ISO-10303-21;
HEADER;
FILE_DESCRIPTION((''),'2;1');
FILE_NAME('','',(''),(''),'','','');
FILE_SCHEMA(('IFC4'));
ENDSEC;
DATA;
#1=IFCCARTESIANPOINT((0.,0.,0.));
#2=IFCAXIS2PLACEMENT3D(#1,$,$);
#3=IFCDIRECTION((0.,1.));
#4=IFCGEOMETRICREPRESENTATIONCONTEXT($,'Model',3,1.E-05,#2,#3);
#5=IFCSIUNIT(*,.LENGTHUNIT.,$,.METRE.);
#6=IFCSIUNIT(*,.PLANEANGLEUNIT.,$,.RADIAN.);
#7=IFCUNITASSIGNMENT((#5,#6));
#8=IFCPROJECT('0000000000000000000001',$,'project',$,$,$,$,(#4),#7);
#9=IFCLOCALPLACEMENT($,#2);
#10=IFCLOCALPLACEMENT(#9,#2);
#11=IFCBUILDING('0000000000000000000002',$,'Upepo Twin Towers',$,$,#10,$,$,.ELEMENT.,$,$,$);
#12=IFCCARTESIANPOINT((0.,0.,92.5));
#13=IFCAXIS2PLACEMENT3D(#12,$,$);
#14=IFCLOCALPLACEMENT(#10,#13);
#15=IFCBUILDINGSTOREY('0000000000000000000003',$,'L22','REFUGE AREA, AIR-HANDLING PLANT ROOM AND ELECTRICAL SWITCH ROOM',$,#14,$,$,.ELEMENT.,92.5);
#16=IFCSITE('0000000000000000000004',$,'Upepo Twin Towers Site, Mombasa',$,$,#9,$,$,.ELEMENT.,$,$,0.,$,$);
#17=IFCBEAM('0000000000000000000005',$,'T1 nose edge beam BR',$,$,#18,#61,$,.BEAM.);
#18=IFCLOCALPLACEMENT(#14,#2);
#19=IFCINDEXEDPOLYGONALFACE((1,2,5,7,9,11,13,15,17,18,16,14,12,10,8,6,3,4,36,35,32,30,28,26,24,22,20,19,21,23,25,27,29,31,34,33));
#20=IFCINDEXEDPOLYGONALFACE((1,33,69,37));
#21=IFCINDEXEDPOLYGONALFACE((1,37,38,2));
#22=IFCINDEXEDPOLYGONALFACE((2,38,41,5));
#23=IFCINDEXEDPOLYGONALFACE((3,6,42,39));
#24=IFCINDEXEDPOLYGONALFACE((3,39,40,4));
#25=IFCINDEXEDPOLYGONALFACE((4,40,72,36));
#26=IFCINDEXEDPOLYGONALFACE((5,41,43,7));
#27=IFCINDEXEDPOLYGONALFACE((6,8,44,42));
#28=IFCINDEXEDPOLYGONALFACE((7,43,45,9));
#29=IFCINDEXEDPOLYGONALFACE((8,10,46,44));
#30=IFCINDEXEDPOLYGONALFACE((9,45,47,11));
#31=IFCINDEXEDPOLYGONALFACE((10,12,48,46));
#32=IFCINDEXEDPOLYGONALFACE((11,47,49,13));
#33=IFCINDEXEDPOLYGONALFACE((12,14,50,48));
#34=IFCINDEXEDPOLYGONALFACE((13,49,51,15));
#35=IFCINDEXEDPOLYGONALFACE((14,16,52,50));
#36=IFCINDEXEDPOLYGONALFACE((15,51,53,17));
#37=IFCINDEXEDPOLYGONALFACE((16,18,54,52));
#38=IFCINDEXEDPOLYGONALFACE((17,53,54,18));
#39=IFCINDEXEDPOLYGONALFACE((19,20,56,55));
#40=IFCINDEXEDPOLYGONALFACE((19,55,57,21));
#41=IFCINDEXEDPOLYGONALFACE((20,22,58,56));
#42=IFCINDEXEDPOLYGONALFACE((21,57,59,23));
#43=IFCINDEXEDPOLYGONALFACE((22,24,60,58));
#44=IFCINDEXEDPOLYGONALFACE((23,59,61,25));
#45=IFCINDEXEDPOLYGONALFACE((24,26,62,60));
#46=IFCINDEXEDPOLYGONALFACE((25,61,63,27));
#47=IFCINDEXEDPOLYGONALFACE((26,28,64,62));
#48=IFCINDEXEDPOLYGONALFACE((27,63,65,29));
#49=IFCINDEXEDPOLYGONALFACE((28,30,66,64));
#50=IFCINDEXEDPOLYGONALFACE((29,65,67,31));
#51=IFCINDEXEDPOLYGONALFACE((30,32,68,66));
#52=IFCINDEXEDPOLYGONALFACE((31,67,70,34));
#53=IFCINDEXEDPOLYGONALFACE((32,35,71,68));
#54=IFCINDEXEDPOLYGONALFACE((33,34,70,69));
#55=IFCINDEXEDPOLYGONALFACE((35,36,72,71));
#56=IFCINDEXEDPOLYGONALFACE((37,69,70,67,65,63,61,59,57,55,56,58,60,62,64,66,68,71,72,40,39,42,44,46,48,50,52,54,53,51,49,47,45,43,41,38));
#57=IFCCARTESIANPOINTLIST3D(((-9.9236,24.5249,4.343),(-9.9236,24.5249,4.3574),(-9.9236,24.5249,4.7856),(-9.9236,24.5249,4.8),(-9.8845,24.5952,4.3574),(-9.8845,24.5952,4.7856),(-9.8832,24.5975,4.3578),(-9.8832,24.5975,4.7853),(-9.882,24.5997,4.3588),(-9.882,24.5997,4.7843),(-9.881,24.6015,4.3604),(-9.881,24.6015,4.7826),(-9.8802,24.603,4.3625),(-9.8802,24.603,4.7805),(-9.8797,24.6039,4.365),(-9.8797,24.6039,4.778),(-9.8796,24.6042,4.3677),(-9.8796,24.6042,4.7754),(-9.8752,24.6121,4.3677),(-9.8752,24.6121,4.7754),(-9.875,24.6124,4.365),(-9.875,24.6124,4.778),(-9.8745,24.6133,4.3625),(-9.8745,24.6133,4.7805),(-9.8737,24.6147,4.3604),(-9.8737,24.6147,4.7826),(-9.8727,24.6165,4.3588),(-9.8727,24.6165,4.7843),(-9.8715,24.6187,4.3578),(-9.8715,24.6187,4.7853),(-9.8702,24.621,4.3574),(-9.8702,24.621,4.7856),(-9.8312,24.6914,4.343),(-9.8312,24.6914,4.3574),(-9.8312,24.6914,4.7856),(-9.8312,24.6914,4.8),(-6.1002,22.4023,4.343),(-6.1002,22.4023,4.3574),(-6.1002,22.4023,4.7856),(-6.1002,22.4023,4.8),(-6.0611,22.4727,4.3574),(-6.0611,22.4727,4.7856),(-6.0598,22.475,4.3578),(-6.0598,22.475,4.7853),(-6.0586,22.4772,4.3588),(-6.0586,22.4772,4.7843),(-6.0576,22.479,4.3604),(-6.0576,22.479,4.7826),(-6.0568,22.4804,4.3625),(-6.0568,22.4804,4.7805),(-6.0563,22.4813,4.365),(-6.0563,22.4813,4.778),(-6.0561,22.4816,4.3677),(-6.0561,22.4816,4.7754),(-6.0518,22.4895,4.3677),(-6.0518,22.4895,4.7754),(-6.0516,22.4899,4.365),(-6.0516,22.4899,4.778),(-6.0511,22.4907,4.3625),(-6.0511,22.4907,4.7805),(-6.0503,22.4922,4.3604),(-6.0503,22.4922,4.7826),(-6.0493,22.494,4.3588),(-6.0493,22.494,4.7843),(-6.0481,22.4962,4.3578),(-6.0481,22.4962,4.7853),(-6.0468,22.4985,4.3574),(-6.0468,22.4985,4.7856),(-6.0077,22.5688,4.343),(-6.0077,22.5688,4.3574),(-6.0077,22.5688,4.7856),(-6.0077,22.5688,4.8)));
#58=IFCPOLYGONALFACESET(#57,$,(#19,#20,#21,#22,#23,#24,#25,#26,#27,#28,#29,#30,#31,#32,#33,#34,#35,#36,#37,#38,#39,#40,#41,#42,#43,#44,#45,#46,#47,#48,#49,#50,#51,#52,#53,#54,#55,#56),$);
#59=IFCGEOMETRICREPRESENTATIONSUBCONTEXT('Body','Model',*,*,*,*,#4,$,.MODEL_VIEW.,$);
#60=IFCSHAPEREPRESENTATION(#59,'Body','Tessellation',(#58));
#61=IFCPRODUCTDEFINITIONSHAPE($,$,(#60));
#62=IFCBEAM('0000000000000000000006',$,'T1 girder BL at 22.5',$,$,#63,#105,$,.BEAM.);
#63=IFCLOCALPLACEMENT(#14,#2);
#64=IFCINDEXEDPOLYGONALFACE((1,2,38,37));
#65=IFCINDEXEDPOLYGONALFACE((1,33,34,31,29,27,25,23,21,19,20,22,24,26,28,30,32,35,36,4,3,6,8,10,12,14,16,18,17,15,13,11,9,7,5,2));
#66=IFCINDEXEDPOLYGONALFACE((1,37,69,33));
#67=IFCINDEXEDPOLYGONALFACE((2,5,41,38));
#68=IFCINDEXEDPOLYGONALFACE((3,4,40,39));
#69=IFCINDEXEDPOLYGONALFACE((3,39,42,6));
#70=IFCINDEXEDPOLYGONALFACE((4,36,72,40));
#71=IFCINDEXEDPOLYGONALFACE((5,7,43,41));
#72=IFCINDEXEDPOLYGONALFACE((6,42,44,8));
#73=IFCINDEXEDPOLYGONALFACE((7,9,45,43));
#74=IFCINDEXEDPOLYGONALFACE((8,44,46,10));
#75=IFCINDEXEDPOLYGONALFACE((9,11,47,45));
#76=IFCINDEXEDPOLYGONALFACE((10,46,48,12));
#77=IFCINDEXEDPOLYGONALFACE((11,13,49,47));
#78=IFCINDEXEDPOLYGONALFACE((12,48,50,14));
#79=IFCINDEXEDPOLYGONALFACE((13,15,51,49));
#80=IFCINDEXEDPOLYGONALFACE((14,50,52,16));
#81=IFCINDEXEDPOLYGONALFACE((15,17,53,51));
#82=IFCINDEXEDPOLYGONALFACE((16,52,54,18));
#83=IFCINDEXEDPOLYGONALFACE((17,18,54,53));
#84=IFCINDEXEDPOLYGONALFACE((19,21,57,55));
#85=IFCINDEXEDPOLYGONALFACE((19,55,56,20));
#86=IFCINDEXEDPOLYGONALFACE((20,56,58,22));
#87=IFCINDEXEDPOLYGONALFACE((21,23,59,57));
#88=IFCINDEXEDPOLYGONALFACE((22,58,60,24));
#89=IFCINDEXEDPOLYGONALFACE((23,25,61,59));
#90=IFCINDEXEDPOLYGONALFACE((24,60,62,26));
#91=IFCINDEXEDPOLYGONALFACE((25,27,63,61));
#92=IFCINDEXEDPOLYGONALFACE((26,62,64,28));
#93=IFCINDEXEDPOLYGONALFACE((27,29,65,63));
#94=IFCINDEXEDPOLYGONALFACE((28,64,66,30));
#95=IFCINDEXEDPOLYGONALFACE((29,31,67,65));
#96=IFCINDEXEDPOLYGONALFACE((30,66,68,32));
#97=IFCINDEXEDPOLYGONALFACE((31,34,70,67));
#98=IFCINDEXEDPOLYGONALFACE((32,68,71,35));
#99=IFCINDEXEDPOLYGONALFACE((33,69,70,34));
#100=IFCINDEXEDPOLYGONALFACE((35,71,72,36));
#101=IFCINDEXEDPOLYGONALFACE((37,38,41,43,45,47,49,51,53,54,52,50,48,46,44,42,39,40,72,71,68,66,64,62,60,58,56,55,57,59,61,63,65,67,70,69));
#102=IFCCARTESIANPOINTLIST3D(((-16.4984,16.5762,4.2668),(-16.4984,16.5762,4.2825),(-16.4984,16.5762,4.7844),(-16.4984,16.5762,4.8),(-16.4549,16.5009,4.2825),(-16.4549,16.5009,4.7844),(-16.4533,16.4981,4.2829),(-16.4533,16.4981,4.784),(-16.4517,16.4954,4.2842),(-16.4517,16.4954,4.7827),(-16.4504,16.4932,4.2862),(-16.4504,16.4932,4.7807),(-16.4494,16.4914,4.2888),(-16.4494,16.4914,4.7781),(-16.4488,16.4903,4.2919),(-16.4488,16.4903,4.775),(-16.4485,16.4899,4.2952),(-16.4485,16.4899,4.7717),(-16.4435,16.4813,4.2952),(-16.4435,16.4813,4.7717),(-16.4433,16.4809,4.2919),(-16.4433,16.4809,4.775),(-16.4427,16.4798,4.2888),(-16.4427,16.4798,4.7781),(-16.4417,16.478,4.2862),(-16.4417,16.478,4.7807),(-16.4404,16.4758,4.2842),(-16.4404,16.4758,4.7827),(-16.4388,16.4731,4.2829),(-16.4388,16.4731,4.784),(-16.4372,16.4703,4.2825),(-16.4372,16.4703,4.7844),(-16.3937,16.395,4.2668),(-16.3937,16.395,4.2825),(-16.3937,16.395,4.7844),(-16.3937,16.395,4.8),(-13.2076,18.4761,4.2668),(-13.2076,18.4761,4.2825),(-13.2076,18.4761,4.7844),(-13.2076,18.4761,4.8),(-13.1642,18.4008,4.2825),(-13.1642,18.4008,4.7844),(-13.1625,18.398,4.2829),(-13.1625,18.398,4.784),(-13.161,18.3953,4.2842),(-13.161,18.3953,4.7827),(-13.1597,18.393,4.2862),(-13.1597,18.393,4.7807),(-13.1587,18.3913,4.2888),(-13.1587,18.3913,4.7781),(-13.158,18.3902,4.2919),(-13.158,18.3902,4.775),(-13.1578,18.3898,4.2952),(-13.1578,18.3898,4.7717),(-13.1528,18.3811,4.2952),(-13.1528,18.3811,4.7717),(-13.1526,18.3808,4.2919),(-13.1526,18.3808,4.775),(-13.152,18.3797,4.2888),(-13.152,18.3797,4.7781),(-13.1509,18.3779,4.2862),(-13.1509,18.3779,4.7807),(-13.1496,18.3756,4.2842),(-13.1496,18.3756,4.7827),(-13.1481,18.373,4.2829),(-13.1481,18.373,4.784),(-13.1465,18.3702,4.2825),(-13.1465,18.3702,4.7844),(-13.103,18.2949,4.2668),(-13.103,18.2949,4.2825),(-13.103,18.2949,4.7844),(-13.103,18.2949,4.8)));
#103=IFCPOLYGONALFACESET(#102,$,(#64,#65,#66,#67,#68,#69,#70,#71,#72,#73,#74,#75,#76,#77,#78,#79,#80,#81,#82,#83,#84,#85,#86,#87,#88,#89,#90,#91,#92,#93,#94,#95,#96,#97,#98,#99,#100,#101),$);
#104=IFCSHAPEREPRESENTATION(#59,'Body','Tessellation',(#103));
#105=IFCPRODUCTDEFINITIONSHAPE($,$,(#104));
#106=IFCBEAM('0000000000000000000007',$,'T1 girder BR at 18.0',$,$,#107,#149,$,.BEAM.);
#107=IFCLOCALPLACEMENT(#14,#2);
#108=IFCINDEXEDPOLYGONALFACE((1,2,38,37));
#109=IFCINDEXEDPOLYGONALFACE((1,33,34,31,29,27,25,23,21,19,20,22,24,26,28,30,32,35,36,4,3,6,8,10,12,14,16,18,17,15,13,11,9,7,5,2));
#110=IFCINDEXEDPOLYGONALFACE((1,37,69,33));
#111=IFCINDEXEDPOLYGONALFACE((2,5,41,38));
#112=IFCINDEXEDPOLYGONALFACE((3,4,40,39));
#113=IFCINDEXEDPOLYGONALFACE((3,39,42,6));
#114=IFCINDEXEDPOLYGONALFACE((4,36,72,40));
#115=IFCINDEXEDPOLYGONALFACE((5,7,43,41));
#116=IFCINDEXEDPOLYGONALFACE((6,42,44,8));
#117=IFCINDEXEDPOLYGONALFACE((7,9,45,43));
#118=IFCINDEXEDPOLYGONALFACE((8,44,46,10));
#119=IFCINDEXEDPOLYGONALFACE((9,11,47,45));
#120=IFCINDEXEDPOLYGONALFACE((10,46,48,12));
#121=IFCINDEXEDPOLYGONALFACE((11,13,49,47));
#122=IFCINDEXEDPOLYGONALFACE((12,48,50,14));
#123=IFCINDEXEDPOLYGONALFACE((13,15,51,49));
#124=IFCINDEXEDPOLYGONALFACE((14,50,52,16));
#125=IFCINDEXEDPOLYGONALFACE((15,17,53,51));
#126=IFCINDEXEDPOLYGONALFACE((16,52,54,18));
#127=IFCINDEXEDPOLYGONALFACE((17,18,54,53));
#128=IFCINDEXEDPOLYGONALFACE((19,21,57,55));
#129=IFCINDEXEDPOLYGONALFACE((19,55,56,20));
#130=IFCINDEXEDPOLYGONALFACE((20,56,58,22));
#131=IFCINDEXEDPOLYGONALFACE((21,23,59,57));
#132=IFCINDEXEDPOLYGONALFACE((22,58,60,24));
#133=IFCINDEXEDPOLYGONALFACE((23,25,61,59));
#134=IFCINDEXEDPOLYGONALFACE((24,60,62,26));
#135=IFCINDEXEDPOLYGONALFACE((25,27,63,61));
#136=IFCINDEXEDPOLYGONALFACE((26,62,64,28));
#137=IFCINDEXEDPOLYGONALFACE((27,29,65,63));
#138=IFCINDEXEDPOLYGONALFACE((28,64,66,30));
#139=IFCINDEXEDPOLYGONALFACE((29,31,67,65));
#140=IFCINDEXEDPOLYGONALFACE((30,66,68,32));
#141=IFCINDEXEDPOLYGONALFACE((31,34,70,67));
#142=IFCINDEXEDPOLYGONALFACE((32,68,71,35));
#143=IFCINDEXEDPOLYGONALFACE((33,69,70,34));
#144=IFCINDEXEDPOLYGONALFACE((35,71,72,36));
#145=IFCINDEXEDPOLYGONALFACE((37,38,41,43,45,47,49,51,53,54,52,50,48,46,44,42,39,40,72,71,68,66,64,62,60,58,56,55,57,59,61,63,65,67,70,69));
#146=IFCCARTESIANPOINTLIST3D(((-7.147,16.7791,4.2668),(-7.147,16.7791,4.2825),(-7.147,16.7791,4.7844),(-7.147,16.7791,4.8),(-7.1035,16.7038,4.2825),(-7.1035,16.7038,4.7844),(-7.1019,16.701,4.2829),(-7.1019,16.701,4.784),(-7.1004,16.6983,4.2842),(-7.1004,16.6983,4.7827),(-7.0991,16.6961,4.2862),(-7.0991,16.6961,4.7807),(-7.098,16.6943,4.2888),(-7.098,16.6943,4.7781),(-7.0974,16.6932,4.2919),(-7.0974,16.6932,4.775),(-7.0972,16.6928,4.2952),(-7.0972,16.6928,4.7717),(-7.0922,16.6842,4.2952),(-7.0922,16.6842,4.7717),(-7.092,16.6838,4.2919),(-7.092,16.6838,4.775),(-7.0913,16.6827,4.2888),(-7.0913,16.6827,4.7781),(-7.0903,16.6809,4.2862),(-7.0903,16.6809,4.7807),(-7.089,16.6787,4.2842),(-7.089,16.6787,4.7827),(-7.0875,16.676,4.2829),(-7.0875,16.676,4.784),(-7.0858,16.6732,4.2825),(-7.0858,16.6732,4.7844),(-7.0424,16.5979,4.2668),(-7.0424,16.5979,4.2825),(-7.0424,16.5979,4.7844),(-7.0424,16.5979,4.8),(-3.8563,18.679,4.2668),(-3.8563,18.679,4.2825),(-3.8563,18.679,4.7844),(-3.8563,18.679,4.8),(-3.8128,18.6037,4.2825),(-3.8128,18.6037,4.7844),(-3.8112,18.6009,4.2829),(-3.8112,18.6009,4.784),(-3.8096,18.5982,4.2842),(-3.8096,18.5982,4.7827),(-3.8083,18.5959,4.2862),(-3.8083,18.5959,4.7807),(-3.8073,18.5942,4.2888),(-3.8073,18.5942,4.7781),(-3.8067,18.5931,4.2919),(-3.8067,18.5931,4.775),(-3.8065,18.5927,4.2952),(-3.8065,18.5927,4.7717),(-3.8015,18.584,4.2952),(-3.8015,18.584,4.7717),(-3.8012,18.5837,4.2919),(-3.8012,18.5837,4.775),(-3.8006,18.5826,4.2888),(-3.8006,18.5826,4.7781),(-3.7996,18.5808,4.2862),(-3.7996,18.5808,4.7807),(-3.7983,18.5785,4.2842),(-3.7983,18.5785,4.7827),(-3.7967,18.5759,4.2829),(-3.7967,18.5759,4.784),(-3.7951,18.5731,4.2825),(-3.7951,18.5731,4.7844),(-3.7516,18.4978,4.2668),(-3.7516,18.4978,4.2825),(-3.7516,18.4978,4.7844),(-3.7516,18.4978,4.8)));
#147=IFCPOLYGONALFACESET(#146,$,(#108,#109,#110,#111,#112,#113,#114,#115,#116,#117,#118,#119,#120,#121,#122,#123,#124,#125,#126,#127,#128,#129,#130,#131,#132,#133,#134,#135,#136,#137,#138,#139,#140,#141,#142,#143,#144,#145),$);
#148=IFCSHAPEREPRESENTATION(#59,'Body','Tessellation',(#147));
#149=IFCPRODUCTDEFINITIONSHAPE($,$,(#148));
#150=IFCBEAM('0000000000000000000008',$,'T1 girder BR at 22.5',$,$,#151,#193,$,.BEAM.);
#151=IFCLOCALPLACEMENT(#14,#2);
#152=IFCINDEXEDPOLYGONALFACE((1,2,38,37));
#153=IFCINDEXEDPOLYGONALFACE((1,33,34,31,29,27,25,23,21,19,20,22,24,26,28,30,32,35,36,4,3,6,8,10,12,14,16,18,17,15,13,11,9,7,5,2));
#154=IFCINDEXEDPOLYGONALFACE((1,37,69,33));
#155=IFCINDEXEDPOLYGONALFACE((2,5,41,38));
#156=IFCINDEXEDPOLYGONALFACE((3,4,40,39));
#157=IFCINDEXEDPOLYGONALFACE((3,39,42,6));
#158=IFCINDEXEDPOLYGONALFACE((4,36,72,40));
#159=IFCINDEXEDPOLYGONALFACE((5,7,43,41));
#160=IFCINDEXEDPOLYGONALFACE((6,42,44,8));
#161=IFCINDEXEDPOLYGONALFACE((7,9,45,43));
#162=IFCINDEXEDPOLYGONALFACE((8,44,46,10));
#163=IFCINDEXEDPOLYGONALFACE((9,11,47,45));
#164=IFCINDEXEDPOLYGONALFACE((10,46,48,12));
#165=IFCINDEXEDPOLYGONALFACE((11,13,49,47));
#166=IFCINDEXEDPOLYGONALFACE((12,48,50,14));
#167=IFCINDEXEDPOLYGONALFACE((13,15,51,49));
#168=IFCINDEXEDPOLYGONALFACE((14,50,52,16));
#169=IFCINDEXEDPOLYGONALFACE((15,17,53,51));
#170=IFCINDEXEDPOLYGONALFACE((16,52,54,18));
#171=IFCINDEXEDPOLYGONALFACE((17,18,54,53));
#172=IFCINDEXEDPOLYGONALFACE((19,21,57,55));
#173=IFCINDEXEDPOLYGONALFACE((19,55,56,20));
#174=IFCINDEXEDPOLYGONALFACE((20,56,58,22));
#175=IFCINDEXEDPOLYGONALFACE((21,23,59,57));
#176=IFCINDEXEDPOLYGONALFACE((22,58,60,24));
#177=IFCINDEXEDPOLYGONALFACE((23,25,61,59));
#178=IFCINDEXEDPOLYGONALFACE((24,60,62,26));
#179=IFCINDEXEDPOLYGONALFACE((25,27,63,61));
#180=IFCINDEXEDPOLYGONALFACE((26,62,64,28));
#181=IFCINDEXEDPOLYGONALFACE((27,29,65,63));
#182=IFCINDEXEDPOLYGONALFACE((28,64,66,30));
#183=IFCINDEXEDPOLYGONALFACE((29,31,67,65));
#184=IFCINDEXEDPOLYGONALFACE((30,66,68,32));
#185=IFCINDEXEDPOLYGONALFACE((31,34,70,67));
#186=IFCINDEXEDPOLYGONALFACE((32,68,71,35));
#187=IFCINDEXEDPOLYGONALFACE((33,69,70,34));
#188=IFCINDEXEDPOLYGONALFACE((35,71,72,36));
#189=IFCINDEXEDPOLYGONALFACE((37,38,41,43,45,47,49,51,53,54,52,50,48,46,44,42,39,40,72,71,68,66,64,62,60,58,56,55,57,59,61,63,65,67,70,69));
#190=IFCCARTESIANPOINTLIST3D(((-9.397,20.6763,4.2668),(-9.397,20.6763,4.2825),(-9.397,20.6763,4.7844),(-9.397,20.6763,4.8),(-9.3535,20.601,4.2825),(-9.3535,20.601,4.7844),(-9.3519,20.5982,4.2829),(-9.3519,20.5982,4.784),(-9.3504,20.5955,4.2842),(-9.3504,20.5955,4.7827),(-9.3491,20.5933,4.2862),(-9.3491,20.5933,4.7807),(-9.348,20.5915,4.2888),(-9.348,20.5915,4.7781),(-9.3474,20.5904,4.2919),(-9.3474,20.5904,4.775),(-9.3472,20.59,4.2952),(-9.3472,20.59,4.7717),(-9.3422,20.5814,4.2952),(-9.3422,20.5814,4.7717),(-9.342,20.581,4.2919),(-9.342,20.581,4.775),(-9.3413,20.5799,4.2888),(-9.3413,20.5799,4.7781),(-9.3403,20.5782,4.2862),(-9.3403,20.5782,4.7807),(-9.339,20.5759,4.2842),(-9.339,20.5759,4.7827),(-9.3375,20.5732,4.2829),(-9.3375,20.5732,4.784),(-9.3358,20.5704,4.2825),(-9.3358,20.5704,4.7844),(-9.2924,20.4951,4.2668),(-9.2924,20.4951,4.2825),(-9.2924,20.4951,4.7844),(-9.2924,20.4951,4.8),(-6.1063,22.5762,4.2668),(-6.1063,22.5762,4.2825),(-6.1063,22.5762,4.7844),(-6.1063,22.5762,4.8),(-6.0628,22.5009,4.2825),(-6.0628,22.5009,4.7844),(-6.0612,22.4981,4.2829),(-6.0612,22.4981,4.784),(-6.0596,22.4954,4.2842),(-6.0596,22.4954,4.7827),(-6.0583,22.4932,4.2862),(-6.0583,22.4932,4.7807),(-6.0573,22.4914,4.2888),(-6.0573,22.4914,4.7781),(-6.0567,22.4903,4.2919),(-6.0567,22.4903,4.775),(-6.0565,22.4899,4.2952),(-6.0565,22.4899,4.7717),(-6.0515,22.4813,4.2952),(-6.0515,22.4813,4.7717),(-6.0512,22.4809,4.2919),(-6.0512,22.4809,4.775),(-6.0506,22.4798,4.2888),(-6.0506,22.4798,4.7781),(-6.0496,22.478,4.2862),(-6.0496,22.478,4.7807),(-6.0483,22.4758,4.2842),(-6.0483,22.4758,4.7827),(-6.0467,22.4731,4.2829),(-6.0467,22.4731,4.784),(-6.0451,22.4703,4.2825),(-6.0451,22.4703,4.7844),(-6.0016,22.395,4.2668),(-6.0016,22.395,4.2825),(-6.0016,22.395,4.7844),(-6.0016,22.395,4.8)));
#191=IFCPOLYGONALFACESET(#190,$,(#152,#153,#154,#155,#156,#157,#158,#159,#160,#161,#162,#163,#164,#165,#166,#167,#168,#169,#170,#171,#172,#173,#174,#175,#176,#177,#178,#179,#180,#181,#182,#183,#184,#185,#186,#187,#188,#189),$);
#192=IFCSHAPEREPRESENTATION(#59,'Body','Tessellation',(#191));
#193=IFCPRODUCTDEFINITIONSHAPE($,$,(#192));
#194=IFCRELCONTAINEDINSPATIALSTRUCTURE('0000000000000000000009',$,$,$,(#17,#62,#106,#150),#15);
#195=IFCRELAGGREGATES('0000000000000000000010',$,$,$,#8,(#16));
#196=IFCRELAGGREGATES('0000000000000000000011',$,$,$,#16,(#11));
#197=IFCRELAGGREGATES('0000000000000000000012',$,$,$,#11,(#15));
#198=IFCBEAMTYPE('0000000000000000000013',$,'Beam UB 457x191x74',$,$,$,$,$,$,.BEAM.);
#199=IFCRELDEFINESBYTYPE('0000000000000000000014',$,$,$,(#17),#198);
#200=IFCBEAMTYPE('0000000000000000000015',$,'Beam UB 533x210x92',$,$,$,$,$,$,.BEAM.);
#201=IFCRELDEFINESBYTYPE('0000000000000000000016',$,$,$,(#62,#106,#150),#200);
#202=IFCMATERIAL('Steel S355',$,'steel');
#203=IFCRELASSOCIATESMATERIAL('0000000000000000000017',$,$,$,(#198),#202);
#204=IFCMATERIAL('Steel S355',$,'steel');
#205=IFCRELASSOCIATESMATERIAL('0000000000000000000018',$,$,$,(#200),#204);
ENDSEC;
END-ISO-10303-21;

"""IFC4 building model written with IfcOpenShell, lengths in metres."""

from ifc_helpers import new_model, si_unit, direction, frame, origin, origin_2d, place, context, subcontext, project, spatial, i_section, extrude, material, material_profile, profile_set, type_object, element, save


model = new_model("IFC4")

# Units and contexts
model_context = context("Model", 3, precision=1e-05, world=origin(), true_north=direction((0.0, 1.0)))
body_context = subcontext(model_context, "Body", "Model", "MODEL_VIEW")
ifc_project = project(units=[si_unit("LENGTHUNIT", "METRE"), si_unit("PLANEANGLEUNIT", "RADIAN")], contexts=[model_context])

# Site, building, storey
site_placement = place(None, origin())
site = spatial("IfcSite", under=ifc_project, at=site_placement, Name="Upepo Twin Towers Site, Mombasa", CompositionType="ELEMENT", RefElevation=0.0)
building_placement = place(site_placement, origin())
building = spatial("IfcBuilding", under=site, at=building_placement, Name="Upepo Twin Towers", CompositionType="ELEMENT")
storey_placement = place(building_placement, frame((0.0, 0.0, 92.5)))
storey = spatial("IfcBuildingStorey", under=building, at=storey_placement, Name="L22", Description="REFUGE AREA, AIR-HANDLING PLANT ROOM AND ELECTRICAL SWITCH ROOM", CompositionType="ELEMENT", Elevation=92.5)

# Beams
ifc_material_1 = material(Name="Steel S355", Category="steel")
ifc_material_profile_1 = material_profile(ifc_material_1, i_section(OverallWidth=0.1904, OverallDepth=0.457, WebThickness=0.009, FlangeThickness=0.0144, FilletRadius=0.0103, at=origin_2d()), Name="UB 457x191x74")
ifc_profile_set_1 = profile_set([ifc_material_profile_1], Name="Steel S355")
beam_type_1 = type_object("IfcBeamType", Name="Beam UB 457x191x74", PredefinedType="BEAM", material=ifc_profile_set_1)
beam_1_placement = place(storey_placement, frame((-6.054, 22.4856, 4.5715), z_axis=(-0.874313, 0.485363, 0.0), x_axis=(-0.485363, -0.874313, 0.0)))
element("IfcBeam", 1, at=beam_1_placement, inside=storey, type_object=beam_type_1, Name="T1 nose edge beam BR", PredefinedType="BEAM", context=body_context, shape_type="SweptSolid", body=[
    extrude(i_section(OverallWidth=0.1904, OverallDepth=0.457, WebThickness=0.009, FlangeThickness=0.0144, FilletRadius=0.0103, at=origin_2d()), origin(), (0.0, 0.0, 1.0), 4.373),
])
ifc_material_2 = material(Name="Steel S355", Category="steel")
ifc_material_profile_2 = material_profile(ifc_material_2, i_section(OverallWidth=0.2092, OverallDepth=0.5332, WebThickness=0.01, FlangeThickness=0.0156, FilletRadius=0.0127, at=origin_2d()), Name="UB 533x210x92")
ifc_profile_set_2 = profile_set([ifc_material_profile_2], Name="Steel S355")
beam_type_2 = type_object("IfcBeamType", Name="Beam UB 533x210x92", PredefinedType="BEAM", material=ifc_profile_set_2)
for number, where, z_axis, x_axis, name in (
    (2, (-16.446, 16.4856, 4.5334), (0.866028, 0.499995, 0.0), (-0.499995, 0.866028, 0.0), "T1 girder BL at 22.5"),
    (3, (-3.804, 18.5884, 4.5334), (-0.866028, -0.499995, 0.0), (0.499995, -0.866028, 0.0), "T1 girder BR at 18.0"),
    (4, (-6.054, 22.4856, 4.5334), (-0.866028, -0.499995, 0.0), (0.499995, -0.866028, 0.0), "T1 girder BR at 22.5"),
):
    element("IfcBeam", number, at=place(storey_placement, frame(where, z_axis=z_axis, x_axis=x_axis)), inside=storey, type_object=beam_type_2, Name=name, PredefinedType="BEAM", context=body_context, shape_type="SweptSolid", body=[
        extrude(i_section(OverallWidth=0.2092, OverallDepth=0.5332, WebThickness=0.01, FlangeThickness=0.0156, FilletRadius=0.0127, at=origin_2d()), origin(), (0.0, 0.0, 1.0), 3.7998),
    ])

save(model, "model.ifc")
